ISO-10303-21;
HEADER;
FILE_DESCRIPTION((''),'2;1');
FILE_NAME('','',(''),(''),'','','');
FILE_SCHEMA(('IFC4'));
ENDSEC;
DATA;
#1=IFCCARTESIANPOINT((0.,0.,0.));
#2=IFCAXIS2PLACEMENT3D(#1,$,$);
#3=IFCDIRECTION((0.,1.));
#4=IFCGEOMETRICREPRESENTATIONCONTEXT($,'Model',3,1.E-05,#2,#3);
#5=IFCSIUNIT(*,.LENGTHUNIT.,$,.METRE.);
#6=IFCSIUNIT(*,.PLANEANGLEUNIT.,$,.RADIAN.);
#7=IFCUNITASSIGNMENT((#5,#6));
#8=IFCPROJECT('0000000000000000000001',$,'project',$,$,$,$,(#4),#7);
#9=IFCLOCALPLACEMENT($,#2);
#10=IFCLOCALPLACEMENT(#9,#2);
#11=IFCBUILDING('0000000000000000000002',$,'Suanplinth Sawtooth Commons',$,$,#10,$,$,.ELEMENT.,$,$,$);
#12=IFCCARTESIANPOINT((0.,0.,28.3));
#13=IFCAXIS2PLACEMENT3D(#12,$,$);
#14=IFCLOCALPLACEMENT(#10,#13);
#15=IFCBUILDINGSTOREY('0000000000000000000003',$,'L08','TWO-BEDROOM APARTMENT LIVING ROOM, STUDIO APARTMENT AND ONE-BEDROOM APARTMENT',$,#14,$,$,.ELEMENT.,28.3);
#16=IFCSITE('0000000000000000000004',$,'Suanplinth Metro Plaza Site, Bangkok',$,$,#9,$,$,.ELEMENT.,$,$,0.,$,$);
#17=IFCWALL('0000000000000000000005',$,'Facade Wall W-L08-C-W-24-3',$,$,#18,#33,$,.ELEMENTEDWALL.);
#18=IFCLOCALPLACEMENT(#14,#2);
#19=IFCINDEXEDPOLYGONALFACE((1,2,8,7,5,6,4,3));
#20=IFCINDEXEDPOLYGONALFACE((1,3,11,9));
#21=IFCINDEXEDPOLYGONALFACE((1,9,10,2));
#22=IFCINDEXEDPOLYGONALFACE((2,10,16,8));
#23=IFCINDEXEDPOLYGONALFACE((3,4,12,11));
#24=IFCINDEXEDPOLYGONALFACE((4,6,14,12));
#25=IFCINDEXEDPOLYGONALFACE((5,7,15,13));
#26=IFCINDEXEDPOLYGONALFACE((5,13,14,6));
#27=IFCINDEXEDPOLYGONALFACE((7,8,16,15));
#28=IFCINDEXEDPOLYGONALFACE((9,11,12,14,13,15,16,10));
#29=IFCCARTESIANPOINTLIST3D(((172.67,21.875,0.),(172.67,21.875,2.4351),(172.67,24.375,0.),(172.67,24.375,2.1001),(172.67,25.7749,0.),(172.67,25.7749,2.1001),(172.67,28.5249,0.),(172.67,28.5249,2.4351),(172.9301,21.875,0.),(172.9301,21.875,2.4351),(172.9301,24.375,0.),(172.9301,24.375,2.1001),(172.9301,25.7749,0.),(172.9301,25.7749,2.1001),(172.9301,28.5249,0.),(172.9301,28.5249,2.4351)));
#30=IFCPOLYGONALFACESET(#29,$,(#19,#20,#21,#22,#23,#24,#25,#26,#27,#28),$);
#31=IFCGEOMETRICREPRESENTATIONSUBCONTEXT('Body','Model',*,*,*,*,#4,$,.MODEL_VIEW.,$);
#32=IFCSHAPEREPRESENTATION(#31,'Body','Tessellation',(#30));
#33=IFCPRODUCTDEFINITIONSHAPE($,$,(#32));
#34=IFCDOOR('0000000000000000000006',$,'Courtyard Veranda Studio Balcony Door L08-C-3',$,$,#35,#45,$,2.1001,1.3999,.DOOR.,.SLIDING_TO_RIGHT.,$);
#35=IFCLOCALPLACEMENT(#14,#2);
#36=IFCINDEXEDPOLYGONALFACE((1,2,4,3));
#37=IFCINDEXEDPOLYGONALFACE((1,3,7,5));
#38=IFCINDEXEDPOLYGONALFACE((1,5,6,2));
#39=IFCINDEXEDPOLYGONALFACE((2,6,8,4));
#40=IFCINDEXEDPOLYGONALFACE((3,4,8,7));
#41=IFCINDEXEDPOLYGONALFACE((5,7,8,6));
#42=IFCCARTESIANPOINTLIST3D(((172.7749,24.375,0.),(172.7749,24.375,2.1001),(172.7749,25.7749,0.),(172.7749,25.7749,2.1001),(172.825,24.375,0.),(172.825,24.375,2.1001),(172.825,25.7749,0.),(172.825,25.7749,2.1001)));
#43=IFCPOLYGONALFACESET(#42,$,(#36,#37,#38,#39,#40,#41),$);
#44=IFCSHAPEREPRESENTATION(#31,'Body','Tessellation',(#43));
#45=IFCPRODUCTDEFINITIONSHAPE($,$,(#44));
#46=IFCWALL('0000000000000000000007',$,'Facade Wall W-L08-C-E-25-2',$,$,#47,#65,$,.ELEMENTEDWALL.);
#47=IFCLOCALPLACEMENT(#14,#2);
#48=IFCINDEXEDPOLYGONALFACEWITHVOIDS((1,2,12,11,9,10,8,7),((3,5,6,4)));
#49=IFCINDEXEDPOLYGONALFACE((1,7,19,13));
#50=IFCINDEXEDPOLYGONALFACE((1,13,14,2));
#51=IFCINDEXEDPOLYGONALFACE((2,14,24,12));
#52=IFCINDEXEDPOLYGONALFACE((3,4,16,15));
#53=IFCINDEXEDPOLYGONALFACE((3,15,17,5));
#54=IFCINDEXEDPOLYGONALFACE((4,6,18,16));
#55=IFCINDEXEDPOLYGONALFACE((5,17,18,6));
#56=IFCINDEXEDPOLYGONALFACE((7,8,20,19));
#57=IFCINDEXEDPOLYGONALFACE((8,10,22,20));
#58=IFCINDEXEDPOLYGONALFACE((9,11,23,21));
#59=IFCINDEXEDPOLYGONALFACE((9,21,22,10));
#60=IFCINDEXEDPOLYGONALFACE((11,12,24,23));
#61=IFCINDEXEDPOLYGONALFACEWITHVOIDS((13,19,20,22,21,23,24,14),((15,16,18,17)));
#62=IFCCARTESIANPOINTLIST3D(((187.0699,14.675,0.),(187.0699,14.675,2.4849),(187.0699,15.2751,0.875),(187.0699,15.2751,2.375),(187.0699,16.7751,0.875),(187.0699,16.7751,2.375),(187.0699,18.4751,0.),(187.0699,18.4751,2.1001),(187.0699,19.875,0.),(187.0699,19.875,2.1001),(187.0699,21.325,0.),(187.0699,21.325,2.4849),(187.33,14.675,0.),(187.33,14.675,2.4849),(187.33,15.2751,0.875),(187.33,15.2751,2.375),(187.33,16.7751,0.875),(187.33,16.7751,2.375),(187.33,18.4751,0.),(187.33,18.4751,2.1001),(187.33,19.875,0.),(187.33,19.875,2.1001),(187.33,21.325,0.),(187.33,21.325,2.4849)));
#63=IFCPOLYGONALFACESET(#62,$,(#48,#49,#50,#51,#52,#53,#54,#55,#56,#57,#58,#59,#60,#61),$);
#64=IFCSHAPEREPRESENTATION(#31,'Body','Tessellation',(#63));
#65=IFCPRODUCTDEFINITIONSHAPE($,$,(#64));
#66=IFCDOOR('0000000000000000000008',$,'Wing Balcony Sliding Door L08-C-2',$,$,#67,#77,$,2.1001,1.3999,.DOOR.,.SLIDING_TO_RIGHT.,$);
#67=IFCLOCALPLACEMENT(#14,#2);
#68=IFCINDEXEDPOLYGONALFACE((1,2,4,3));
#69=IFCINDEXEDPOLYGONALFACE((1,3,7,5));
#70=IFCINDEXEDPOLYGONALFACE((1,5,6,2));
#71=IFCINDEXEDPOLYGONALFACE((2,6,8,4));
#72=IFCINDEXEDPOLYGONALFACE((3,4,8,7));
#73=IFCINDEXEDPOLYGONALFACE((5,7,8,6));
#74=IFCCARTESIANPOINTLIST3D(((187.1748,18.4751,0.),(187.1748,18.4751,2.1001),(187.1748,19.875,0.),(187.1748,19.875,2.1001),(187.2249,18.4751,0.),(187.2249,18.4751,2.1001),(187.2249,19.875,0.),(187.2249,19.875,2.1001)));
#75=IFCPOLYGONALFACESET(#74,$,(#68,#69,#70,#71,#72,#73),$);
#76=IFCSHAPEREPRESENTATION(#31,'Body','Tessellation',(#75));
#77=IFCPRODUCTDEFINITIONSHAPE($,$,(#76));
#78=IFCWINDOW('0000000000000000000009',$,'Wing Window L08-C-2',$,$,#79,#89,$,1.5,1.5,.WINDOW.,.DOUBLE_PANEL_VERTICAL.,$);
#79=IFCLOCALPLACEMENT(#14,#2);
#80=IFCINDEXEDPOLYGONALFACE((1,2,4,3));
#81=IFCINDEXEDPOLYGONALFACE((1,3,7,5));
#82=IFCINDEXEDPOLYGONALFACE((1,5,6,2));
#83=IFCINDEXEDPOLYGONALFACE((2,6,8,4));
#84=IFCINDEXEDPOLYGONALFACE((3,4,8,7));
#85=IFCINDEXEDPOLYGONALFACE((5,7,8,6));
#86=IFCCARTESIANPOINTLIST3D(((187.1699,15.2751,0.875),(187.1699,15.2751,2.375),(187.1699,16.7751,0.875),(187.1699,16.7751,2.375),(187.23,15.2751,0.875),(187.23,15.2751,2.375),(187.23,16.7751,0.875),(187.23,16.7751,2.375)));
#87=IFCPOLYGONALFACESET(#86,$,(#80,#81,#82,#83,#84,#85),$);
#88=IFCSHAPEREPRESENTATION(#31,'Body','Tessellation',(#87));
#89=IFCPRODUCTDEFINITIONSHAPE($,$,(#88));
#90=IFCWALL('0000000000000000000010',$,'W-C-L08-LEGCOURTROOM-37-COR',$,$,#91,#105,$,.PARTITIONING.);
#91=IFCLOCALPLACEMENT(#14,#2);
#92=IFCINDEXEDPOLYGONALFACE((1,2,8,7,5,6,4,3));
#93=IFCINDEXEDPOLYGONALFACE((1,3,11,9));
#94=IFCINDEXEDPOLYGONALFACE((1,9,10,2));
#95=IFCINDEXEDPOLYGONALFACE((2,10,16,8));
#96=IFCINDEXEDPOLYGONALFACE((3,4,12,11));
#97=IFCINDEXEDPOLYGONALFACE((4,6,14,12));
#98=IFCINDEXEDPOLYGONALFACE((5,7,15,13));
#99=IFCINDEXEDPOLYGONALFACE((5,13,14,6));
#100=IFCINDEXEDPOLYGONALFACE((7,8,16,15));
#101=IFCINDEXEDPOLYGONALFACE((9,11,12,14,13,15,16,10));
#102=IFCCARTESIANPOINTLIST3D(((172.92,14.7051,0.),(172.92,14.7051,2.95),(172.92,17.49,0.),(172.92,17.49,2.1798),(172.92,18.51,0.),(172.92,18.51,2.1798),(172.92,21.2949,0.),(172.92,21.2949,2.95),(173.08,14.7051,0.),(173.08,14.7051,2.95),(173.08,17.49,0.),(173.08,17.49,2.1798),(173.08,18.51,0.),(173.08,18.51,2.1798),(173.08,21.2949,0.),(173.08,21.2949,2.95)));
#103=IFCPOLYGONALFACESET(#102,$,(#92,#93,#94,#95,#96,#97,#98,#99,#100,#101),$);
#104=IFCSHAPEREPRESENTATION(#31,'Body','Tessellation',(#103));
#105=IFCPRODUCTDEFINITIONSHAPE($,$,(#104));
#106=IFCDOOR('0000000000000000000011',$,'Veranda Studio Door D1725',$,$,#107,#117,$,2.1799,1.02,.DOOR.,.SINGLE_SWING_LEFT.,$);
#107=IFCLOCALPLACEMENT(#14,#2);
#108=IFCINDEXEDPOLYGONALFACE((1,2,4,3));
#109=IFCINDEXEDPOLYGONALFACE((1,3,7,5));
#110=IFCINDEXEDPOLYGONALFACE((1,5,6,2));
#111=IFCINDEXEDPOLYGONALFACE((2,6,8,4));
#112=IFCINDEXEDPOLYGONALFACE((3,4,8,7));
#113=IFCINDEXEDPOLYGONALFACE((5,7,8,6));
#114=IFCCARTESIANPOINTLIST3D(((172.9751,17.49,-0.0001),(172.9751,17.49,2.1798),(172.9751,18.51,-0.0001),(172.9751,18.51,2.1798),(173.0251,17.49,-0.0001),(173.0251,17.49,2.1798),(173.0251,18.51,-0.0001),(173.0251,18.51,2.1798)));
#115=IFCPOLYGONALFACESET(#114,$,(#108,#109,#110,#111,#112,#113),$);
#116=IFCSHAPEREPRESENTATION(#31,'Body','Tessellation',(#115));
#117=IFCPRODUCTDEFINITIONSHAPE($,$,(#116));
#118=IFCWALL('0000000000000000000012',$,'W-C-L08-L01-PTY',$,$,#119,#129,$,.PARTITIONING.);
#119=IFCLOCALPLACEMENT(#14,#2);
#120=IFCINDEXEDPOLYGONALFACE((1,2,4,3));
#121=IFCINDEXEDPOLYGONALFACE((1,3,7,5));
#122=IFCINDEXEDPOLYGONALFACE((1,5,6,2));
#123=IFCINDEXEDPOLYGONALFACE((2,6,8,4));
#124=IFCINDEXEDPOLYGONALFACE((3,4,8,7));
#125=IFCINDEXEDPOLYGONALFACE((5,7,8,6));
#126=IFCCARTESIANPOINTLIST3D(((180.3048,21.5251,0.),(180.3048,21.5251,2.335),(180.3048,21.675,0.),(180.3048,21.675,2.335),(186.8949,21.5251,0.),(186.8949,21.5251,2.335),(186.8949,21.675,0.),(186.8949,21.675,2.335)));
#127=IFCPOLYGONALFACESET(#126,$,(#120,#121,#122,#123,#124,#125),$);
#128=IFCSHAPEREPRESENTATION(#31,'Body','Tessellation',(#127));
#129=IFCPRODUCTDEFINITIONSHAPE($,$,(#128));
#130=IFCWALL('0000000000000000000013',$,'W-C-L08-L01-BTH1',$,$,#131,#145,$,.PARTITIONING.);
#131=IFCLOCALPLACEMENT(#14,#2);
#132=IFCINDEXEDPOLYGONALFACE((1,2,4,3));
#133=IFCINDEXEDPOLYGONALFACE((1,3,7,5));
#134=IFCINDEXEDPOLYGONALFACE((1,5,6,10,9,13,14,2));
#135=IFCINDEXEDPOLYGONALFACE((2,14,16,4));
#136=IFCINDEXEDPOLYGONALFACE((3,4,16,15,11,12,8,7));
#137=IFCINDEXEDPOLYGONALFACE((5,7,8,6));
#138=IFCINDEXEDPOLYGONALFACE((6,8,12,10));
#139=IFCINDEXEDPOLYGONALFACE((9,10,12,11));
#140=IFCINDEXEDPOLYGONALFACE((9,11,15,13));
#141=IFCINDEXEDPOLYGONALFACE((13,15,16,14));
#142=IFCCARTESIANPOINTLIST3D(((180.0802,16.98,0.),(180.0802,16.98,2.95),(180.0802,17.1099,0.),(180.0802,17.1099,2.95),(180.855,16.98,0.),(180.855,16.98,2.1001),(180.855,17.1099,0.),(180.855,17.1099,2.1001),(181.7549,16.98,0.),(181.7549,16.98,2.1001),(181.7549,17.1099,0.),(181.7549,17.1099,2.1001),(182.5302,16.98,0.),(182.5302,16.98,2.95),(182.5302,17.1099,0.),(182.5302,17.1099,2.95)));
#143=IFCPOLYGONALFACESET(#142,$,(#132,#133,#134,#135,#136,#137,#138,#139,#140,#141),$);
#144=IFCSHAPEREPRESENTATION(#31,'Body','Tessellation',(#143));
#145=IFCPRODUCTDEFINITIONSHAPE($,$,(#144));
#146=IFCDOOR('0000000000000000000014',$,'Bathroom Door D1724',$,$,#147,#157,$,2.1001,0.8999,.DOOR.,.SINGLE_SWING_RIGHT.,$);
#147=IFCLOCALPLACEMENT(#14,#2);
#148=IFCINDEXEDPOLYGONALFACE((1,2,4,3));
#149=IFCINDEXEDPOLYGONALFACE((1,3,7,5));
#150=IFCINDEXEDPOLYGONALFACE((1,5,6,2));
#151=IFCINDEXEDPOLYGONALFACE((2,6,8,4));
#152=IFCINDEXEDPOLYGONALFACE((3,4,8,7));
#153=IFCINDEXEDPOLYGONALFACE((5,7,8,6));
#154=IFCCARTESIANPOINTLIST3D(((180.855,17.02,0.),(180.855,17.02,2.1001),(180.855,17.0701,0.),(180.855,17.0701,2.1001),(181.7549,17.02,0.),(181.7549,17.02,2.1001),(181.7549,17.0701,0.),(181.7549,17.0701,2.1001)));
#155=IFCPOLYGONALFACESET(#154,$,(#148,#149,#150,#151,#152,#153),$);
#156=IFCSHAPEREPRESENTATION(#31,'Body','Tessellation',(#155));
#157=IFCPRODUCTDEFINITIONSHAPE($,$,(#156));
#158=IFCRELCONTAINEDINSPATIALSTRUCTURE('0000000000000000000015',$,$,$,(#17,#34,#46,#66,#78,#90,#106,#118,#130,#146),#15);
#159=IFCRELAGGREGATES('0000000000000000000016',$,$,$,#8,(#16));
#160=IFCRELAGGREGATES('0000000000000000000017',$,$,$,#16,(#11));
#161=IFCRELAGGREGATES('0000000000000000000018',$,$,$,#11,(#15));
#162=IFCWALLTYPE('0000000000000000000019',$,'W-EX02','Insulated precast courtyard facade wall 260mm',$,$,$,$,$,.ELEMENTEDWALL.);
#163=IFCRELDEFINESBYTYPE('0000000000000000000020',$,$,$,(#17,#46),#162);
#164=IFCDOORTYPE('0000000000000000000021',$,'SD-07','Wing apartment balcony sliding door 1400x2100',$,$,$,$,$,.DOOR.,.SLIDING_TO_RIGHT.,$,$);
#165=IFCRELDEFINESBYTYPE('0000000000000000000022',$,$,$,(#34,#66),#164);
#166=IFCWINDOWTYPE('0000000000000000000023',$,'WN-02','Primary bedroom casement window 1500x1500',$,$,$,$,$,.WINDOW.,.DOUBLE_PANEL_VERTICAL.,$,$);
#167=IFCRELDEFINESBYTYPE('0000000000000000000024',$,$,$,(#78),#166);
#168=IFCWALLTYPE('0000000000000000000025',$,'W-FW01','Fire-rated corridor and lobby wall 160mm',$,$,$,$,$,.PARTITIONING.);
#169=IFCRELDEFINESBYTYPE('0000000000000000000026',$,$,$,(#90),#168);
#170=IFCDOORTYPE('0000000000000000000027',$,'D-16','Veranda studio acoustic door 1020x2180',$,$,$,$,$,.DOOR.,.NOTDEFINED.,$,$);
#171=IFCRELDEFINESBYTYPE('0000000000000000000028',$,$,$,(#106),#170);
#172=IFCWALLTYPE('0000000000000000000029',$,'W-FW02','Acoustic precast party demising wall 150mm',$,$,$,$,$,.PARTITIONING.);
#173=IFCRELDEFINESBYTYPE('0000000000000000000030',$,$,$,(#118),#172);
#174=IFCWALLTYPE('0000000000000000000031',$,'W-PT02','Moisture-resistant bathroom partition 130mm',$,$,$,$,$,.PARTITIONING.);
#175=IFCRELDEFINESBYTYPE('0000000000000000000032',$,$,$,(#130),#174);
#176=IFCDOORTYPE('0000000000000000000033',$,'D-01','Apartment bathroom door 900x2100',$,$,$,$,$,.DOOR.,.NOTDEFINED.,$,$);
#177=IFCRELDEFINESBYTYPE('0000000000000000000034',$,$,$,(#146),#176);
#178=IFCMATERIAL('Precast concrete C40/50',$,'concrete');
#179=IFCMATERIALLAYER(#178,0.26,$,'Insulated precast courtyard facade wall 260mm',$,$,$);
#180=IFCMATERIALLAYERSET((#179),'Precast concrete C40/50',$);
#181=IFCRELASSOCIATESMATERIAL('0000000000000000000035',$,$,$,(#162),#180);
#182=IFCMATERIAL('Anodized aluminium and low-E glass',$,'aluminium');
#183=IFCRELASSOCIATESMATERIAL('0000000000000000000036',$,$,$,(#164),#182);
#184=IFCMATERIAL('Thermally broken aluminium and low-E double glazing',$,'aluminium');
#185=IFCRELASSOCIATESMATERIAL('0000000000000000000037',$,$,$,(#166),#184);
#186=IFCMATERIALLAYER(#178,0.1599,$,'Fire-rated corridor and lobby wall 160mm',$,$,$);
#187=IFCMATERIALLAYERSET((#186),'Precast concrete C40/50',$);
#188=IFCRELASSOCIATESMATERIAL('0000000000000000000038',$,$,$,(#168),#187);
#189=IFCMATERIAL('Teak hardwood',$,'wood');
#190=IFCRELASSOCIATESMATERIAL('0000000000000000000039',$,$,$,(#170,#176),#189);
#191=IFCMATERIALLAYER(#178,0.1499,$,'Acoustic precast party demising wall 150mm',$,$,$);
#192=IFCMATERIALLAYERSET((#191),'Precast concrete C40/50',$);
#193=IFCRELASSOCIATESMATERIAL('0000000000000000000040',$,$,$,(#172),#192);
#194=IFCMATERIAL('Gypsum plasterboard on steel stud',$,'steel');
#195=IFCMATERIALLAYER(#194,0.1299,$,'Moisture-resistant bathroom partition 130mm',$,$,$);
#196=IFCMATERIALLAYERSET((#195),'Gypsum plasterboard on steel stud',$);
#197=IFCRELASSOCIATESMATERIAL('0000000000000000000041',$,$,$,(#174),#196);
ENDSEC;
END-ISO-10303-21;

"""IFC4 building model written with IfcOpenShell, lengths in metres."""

from ifc_helpers import new_model, si_unit, direction, frame, frame_2d, origin, place, context, subcontext, project, spatial, rectangle, extrude, material, layer, layer_set, type_object, element, fill, save


model = new_model("IFC4")

# Units and contexts
model_context = context("Model", 3, precision=1e-05, world=origin(), true_north=direction((0.0, 1.0)))
body_context = subcontext(model_context, "Body", "Model", "MODEL_VIEW")
ifc_project = project(units=[si_unit("LENGTHUNIT", "METRE"), si_unit("PLANEANGLEUNIT", "RADIAN")], contexts=[model_context])

# Site, building, storey
site_placement = place(None, origin())
site = spatial("IfcSite", under=ifc_project, at=site_placement, Name="Suanplinth Metro Plaza Site, Bangkok", CompositionType="ELEMENT", RefElevation=0.0)
building_placement = place(site_placement, origin())
building = spatial("IfcBuilding", under=site, at=building_placement, Name="Suanplinth Sawtooth Commons", CompositionType="ELEMENT")
storey_placement = place(building_placement, frame((0.0, 0.0, 28.3)))
storey = spatial("IfcBuildingStorey", under=building, at=storey_placement, Name="L08", Description="TWO-BEDROOM APARTMENT LIVING ROOM, STUDIO APARTMENT AND ONE-BEDROOM APARTMENT", CompositionType="ELEMENT", Elevation=28.3)

# Shared definitions
ifc_material_1 = material(Name="Precast concrete C40/50", Category="concrete")

# Wall, opening, door
ifc_layer_1 = layer(ifc_material_1, 0.26, Name="Insulated precast courtyard facade wall 260mm")
ifc_layer_set_1 = layer_set([ifc_layer_1], Name="Precast concrete C40/50")
wall_type_1 = type_object("IfcWallType", Name="W-EX02", Description="Insulated precast courtyard facade wall 260mm", PredefinedType="ELEMENTEDWALL", material=ifc_layer_set_1)
wall_1_placement = place(storey_placement, frame((172.8, 21.875, 0.0), z_axis=(0.0, 0.0, 1.0), x_axis=(0.0, 1.0, 0.0)))
wall_1 = element("IfcWall", 1, at=wall_1_placement, inside=storey, type_object=wall_type_1, Name="Facade Wall W-L08-C-W-24-3", PredefinedType="ELEMENTEDWALL", context=body_context, shape_type="SweptSolid", body=[
    extrude(rectangle(XDim=6.6499, YDim=0.26, at=frame_2d((3.325, 0.0))), origin(), (0.0, 0.0, 1.0), 2.4351),
])
opening_1_placement = place(wall_1_placement, frame((2.5, 0.0, 0.0)))
opening_1 = element("IfcOpeningElement", 2, at=opening_1_placement, cuts=wall_1, PredefinedType="OPENING", context=body_context, shape_type="SweptSolid", body=[
    extrude(rectangle(XDim=1.3999, YDim=2.1001, at=frame_2d((0.7, 1.05))), frame((0.0, 0.145, 0.0), z_axis=(0.0, -1.0, 0.0), x_axis=(1.0, 0.0, 0.0)), (0.0, 0.0, 1.0), 0.2898),
])
ifc_material_2 = material(Name="Anodized aluminium and low-E glass", Category="aluminium")
door_type_1 = type_object("IfcDoorType", Name="SD-07", Description="Wing apartment balcony sliding door 1400x2100", OperationType="SLIDING_TO_RIGHT", PredefinedType="DOOR", material=ifc_material_2)
door_1_placement = place(opening_1_placement, frame((1.3999, 0.0, 0.0), z_axis=(0.0, 0.0, 1.0), x_axis=(-1.0, 0.0, 0.0)))
door_1 = element("IfcDoor", 3, at=door_1_placement, inside=storey, type_object=door_type_1, Name="Courtyard Veranda Studio Balcony Door L08-C-3", OperationType="SLIDING_TO_RIGHT", OverallHeight=2.1001, OverallWidth=1.3999, PredefinedType="DOOR", context=body_context, shape_type="SweptSolid", body=[
    extrude(rectangle(XDim=1.3999, YDim=2.1001, at=frame_2d((0.7, 1.05))), frame((0.0, 0.0249, 0.0), z_axis=(0.0, -1.0, 0.0), x_axis=(1.0, 0.0, 0.0)), (0.0, 0.0, 1.0), 0.05),
])
fill(opening_1, door_1)

# Wall, openings, door, window
wall_2_placement = place(storey_placement, frame((187.2, 14.675, 0.0), z_axis=(0.0, 0.0, 1.0), x_axis=(0.0, 1.0, 0.0)))
wall_2 = element("IfcWall", 4, at=wall_2_placement, inside=storey, type_object=wall_type_1, Name="Facade Wall W-L08-C-E-25-2", PredefinedType="ELEMENTEDWALL", context=body_context, shape_type="SweptSolid", body=[
    extrude(rectangle(XDim=6.6499, YDim=0.26, at=frame_2d((3.325, 0.0))), origin(), (0.0, 0.0, 1.0), 2.4849),
])
opening_2_placement = place(wall_2_placement, frame((3.8, 0.0, 0.0)))
opening_2 = element("IfcOpeningElement", 5, at=opening_2_placement, cuts=wall_2, PredefinedType="OPENING", context=body_context, shape_type="SweptSolid", body=[
    extrude(rectangle(XDim=1.3999, YDim=2.1001, at=frame_2d((0.7, 1.05))), frame((0.0, 0.145, 0.0), z_axis=(0.0, -1.0, 0.0), x_axis=(1.0, 0.0, 0.0)), (0.0, 0.0, 1.0), 0.2898),
])
opening_3_placement = place(wall_2_placement, frame((0.6001, 0.0, 0.875)))
opening_3 = element("IfcOpeningElement", 6, at=opening_3_placement, cuts=wall_2, PredefinedType="OPENING", context=body_context, shape_type="SweptSolid", body=[
    extrude(rectangle(XDim=1.5, YDim=1.5, at=frame_2d((0.75, 0.75))), frame((0.0, 0.145, 0.0), z_axis=(0.0, -1.0, 0.0), x_axis=(1.0, 0.0, 0.0)), (0.0, 0.0, 1.0), 0.2898),
])
door_2_placement = place(opening_2_placement, frame((1.3999, 0.0, 0.0), z_axis=(0.0, 0.0, 1.0), x_axis=(-1.0, 0.0, 0.0)))
door_2 = element("IfcDoor", 7, at=door_2_placement, inside=storey, type_object=door_type_1, Name="Wing Balcony Sliding Door L08-C-2", OperationType="SLIDING_TO_RIGHT", OverallHeight=2.1001, OverallWidth=1.3999, PredefinedType="DOOR", context=body_context, shape_type="SweptSolid", body=[
    extrude(rectangle(XDim=1.3999, YDim=2.1001, at=frame_2d((0.7, 1.05))), frame((0.0, 0.0249, 0.0), z_axis=(0.0, -1.0, 0.0), x_axis=(1.0, 0.0, 0.0)), (0.0, 0.0, 1.0), 0.05),
])
fill(opening_2, door_2)
ifc_material_3 = material(Name="Thermally broken aluminium and low-E double glazing", Category="aluminium")
window_type = type_object("IfcWindowType", Name="WN-02", Description="Primary bedroom casement window 1500x1500", PartitioningType="DOUBLE_PANEL_VERTICAL", PredefinedType="WINDOW", material=ifc_material_3)
window_placement = place(opening_3_placement, origin())
window = element("IfcWindow", 8, at=window_placement, inside=storey, type_object=window_type, Name="Wing Window L08-C-2", OverallHeight=1.5, OverallWidth=1.5, PartitioningType="DOUBLE_PANEL_VERTICAL", PredefinedType="WINDOW", context=body_context, shape_type="SweptSolid", body=[
    extrude(rectangle(XDim=1.5, YDim=1.5, at=frame_2d((0.75, 0.75))), frame((0.0, 0.03, 0.0), z_axis=(0.0, -1.0, 0.0), x_axis=(1.0, 0.0, 0.0)), (0.0, 0.0, 1.0), 0.0601),
])
fill(opening_3, window)

# Wall, opening, door
ifc_layer_2 = layer(ifc_material_1, 0.1599, Name="Fire-rated corridor and lobby wall 160mm")
ifc_layer_set_2 = layer_set([ifc_layer_2], Name="Precast concrete C40/50")
wall_type_2 = type_object("IfcWallType", Name="W-FW01", Description="Fire-rated corridor and lobby wall 160mm", PredefinedType="PARTITIONING", material=ifc_layer_set_2)
wall_3_placement = place(storey_placement, frame((173.0, 14.7051, 0.0), z_axis=(0.0, 0.0, 1.0), x_axis=(0.0, 1.0, 0.0)))
wall_3 = element("IfcWall", 9, at=wall_3_placement, inside=storey, type_object=wall_type_2, Name="W-C-L08-LEGCOURTROOM-37-COR", PredefinedType="PARTITIONING", context=body_context, shape_type="SweptSolid", body=[
    extrude(rectangle(XDim=6.5898, YDim=0.1599, at=frame_2d((3.2949, 0.0))), origin(), (0.0, 0.0, 1.0), 2.95),
])
opening_4_placement = place(wall_3_placement, frame((2.7849, 0.0, 0.0)))
opening_4 = element("IfcOpeningElement", 10, at=opening_4_placement, cuts=wall_3, PredefinedType="OPENING", context=body_context, shape_type="SweptSolid", body=[
    extrude(rectangle(XDim=1.02, YDim=2.1799, at=frame_2d((0.51, 1.0898))), frame((0.0, 0.0947, 0.0), z_axis=(0.0, -1.0, 0.0), x_axis=(1.0, 0.0, 0.0)), (0.0, 0.0, 1.0), 0.1897),
])
ifc_material_4 = material(Name="Teak hardwood", Category="wood")
door_type_2 = type_object("IfcDoorType", Name="D-16", Description="Veranda studio acoustic door 1020x2180", OperationType="NOTDEFINED", PredefinedType="DOOR", material=ifc_material_4)
door_3_placement = place(opening_4_placement, origin())
door_3 = element("IfcDoor", 11, at=door_3_placement, inside=storey, type_object=door_type_2, Name="Veranda Studio Door D1725", OperationType="SINGLE_SWING_LEFT", OverallHeight=2.1799, OverallWidth=1.02, PredefinedType="DOOR", context=body_context, shape_type="SweptSolid", body=[
    extrude(rectangle(XDim=1.02, YDim=2.1799, at=frame_2d((0.51, 1.0898))), frame((0.0, 0.0249, 0.0), z_axis=(0.0, -1.0, 0.0), x_axis=(1.0, 0.0, 0.0)), (0.0, 0.0, 1.0), 0.05),
])
fill(opening_4, door_3)

# Wall
ifc_layer_3 = layer(ifc_material_1, 0.1499, Name="Acoustic precast party demising wall 150mm")
ifc_layer_set_3 = layer_set([ifc_layer_3], Name="Precast concrete C40/50")
wall_type_3 = type_object("IfcWallType", Name="W-FW02", Description="Acoustic precast party demising wall 150mm", PredefinedType="PARTITIONING", material=ifc_layer_set_3)
wall_4_placement = place(storey_placement, frame((180.3049, 21.6001, 0.0), z_axis=(0.0, 0.0, 1.0), x_axis=(1.0, 0.0, 0.0)))
element("IfcWall", 12, at=wall_4_placement, inside=storey, type_object=wall_type_3, Name="W-C-L08-L01-PTY", PredefinedType="PARTITIONING", context=body_context, shape_type="SweptSolid", body=[
    extrude(rectangle(XDim=6.5901, YDim=0.1499, at=frame_2d((3.2949, 0.0))), origin(), (0.0, 0.0, 1.0), 2.335),
])

# Wall, opening, door
ifc_material_5 = material(Name="Gypsum plasterboard on steel stud", Category="steel")
ifc_layer_4 = layer(ifc_material_5, 0.1299, Name="Moisture-resistant bathroom partition 130mm")
ifc_layer_set_4 = layer_set([ifc_layer_4], Name="Gypsum plasterboard on steel stud")
wall_type_4 = type_object("IfcWallType", Name="W-PT02", Description="Moisture-resistant bathroom partition 130mm", PredefinedType="PARTITIONING", material=ifc_layer_set_4)
wall_5_placement = place(storey_placement, frame((180.0801, 17.0449, 0.0), z_axis=(0.0, 0.0, 1.0), x_axis=(1.0, 0.0, 0.0)))
wall_5 = element("IfcWall", 13, at=wall_5_placement, inside=storey, type_object=wall_type_4, Name="W-C-L08-L01-BTH1", PredefinedType="PARTITIONING", context=body_context, shape_type="SweptSolid", body=[
    extrude(rectangle(XDim=2.45, YDim=0.1299, at=frame_2d((1.2251, 0.0))), origin(), (0.0, 0.0, 1.0), 2.95),
])
opening_5_placement = place(wall_5_placement, frame((0.7749, 0.0, 0.0)))
opening_5 = element("IfcOpeningElement", 14, at=opening_5_placement, cuts=wall_5, PredefinedType="OPENING", context=body_context, shape_type="SweptSolid", body=[
    extrude(rectangle(XDim=0.8999, YDim=2.1001, at=frame_2d((0.45, 1.05))), frame((0.0, 0.0798, 0.0), z_axis=(0.0, -1.0, 0.0), x_axis=(1.0, 0.0, 0.0)), (0.0, 0.0, 1.0), 0.1597),
])
door_type_3 = type_object("IfcDoorType", Name="D-01", Description="Apartment bathroom door 900x2100", OperationType="NOTDEFINED", PredefinedType="DOOR", material=ifc_material_4)
door_4_placement = place(opening_5_placement, frame((0.8999, 0.0, 0.0), z_axis=(0.0, 0.0, 1.0), x_axis=(-1.0, 0.0, 0.0)))
door_4 = element("IfcDoor", 15, at=door_4_placement, inside=storey, type_object=door_type_3, Name="Bathroom Door D1724", OperationType="SINGLE_SWING_RIGHT", OverallHeight=2.1001, OverallWidth=0.8999, PredefinedType="DOOR", context=body_context, shape_type="SweptSolid", body=[
    extrude(rectangle(XDim=0.8999, YDim=2.1001, at=frame_2d((0.45, 1.05))), frame((0.0, 0.0249, 0.0), z_axis=(0.0, -1.0, 0.0), x_axis=(1.0, 0.0, 0.0)), (0.0, 0.0, 1.0), 0.05),
])
fill(opening_5, door_4)

save(model, "model.ifc")
